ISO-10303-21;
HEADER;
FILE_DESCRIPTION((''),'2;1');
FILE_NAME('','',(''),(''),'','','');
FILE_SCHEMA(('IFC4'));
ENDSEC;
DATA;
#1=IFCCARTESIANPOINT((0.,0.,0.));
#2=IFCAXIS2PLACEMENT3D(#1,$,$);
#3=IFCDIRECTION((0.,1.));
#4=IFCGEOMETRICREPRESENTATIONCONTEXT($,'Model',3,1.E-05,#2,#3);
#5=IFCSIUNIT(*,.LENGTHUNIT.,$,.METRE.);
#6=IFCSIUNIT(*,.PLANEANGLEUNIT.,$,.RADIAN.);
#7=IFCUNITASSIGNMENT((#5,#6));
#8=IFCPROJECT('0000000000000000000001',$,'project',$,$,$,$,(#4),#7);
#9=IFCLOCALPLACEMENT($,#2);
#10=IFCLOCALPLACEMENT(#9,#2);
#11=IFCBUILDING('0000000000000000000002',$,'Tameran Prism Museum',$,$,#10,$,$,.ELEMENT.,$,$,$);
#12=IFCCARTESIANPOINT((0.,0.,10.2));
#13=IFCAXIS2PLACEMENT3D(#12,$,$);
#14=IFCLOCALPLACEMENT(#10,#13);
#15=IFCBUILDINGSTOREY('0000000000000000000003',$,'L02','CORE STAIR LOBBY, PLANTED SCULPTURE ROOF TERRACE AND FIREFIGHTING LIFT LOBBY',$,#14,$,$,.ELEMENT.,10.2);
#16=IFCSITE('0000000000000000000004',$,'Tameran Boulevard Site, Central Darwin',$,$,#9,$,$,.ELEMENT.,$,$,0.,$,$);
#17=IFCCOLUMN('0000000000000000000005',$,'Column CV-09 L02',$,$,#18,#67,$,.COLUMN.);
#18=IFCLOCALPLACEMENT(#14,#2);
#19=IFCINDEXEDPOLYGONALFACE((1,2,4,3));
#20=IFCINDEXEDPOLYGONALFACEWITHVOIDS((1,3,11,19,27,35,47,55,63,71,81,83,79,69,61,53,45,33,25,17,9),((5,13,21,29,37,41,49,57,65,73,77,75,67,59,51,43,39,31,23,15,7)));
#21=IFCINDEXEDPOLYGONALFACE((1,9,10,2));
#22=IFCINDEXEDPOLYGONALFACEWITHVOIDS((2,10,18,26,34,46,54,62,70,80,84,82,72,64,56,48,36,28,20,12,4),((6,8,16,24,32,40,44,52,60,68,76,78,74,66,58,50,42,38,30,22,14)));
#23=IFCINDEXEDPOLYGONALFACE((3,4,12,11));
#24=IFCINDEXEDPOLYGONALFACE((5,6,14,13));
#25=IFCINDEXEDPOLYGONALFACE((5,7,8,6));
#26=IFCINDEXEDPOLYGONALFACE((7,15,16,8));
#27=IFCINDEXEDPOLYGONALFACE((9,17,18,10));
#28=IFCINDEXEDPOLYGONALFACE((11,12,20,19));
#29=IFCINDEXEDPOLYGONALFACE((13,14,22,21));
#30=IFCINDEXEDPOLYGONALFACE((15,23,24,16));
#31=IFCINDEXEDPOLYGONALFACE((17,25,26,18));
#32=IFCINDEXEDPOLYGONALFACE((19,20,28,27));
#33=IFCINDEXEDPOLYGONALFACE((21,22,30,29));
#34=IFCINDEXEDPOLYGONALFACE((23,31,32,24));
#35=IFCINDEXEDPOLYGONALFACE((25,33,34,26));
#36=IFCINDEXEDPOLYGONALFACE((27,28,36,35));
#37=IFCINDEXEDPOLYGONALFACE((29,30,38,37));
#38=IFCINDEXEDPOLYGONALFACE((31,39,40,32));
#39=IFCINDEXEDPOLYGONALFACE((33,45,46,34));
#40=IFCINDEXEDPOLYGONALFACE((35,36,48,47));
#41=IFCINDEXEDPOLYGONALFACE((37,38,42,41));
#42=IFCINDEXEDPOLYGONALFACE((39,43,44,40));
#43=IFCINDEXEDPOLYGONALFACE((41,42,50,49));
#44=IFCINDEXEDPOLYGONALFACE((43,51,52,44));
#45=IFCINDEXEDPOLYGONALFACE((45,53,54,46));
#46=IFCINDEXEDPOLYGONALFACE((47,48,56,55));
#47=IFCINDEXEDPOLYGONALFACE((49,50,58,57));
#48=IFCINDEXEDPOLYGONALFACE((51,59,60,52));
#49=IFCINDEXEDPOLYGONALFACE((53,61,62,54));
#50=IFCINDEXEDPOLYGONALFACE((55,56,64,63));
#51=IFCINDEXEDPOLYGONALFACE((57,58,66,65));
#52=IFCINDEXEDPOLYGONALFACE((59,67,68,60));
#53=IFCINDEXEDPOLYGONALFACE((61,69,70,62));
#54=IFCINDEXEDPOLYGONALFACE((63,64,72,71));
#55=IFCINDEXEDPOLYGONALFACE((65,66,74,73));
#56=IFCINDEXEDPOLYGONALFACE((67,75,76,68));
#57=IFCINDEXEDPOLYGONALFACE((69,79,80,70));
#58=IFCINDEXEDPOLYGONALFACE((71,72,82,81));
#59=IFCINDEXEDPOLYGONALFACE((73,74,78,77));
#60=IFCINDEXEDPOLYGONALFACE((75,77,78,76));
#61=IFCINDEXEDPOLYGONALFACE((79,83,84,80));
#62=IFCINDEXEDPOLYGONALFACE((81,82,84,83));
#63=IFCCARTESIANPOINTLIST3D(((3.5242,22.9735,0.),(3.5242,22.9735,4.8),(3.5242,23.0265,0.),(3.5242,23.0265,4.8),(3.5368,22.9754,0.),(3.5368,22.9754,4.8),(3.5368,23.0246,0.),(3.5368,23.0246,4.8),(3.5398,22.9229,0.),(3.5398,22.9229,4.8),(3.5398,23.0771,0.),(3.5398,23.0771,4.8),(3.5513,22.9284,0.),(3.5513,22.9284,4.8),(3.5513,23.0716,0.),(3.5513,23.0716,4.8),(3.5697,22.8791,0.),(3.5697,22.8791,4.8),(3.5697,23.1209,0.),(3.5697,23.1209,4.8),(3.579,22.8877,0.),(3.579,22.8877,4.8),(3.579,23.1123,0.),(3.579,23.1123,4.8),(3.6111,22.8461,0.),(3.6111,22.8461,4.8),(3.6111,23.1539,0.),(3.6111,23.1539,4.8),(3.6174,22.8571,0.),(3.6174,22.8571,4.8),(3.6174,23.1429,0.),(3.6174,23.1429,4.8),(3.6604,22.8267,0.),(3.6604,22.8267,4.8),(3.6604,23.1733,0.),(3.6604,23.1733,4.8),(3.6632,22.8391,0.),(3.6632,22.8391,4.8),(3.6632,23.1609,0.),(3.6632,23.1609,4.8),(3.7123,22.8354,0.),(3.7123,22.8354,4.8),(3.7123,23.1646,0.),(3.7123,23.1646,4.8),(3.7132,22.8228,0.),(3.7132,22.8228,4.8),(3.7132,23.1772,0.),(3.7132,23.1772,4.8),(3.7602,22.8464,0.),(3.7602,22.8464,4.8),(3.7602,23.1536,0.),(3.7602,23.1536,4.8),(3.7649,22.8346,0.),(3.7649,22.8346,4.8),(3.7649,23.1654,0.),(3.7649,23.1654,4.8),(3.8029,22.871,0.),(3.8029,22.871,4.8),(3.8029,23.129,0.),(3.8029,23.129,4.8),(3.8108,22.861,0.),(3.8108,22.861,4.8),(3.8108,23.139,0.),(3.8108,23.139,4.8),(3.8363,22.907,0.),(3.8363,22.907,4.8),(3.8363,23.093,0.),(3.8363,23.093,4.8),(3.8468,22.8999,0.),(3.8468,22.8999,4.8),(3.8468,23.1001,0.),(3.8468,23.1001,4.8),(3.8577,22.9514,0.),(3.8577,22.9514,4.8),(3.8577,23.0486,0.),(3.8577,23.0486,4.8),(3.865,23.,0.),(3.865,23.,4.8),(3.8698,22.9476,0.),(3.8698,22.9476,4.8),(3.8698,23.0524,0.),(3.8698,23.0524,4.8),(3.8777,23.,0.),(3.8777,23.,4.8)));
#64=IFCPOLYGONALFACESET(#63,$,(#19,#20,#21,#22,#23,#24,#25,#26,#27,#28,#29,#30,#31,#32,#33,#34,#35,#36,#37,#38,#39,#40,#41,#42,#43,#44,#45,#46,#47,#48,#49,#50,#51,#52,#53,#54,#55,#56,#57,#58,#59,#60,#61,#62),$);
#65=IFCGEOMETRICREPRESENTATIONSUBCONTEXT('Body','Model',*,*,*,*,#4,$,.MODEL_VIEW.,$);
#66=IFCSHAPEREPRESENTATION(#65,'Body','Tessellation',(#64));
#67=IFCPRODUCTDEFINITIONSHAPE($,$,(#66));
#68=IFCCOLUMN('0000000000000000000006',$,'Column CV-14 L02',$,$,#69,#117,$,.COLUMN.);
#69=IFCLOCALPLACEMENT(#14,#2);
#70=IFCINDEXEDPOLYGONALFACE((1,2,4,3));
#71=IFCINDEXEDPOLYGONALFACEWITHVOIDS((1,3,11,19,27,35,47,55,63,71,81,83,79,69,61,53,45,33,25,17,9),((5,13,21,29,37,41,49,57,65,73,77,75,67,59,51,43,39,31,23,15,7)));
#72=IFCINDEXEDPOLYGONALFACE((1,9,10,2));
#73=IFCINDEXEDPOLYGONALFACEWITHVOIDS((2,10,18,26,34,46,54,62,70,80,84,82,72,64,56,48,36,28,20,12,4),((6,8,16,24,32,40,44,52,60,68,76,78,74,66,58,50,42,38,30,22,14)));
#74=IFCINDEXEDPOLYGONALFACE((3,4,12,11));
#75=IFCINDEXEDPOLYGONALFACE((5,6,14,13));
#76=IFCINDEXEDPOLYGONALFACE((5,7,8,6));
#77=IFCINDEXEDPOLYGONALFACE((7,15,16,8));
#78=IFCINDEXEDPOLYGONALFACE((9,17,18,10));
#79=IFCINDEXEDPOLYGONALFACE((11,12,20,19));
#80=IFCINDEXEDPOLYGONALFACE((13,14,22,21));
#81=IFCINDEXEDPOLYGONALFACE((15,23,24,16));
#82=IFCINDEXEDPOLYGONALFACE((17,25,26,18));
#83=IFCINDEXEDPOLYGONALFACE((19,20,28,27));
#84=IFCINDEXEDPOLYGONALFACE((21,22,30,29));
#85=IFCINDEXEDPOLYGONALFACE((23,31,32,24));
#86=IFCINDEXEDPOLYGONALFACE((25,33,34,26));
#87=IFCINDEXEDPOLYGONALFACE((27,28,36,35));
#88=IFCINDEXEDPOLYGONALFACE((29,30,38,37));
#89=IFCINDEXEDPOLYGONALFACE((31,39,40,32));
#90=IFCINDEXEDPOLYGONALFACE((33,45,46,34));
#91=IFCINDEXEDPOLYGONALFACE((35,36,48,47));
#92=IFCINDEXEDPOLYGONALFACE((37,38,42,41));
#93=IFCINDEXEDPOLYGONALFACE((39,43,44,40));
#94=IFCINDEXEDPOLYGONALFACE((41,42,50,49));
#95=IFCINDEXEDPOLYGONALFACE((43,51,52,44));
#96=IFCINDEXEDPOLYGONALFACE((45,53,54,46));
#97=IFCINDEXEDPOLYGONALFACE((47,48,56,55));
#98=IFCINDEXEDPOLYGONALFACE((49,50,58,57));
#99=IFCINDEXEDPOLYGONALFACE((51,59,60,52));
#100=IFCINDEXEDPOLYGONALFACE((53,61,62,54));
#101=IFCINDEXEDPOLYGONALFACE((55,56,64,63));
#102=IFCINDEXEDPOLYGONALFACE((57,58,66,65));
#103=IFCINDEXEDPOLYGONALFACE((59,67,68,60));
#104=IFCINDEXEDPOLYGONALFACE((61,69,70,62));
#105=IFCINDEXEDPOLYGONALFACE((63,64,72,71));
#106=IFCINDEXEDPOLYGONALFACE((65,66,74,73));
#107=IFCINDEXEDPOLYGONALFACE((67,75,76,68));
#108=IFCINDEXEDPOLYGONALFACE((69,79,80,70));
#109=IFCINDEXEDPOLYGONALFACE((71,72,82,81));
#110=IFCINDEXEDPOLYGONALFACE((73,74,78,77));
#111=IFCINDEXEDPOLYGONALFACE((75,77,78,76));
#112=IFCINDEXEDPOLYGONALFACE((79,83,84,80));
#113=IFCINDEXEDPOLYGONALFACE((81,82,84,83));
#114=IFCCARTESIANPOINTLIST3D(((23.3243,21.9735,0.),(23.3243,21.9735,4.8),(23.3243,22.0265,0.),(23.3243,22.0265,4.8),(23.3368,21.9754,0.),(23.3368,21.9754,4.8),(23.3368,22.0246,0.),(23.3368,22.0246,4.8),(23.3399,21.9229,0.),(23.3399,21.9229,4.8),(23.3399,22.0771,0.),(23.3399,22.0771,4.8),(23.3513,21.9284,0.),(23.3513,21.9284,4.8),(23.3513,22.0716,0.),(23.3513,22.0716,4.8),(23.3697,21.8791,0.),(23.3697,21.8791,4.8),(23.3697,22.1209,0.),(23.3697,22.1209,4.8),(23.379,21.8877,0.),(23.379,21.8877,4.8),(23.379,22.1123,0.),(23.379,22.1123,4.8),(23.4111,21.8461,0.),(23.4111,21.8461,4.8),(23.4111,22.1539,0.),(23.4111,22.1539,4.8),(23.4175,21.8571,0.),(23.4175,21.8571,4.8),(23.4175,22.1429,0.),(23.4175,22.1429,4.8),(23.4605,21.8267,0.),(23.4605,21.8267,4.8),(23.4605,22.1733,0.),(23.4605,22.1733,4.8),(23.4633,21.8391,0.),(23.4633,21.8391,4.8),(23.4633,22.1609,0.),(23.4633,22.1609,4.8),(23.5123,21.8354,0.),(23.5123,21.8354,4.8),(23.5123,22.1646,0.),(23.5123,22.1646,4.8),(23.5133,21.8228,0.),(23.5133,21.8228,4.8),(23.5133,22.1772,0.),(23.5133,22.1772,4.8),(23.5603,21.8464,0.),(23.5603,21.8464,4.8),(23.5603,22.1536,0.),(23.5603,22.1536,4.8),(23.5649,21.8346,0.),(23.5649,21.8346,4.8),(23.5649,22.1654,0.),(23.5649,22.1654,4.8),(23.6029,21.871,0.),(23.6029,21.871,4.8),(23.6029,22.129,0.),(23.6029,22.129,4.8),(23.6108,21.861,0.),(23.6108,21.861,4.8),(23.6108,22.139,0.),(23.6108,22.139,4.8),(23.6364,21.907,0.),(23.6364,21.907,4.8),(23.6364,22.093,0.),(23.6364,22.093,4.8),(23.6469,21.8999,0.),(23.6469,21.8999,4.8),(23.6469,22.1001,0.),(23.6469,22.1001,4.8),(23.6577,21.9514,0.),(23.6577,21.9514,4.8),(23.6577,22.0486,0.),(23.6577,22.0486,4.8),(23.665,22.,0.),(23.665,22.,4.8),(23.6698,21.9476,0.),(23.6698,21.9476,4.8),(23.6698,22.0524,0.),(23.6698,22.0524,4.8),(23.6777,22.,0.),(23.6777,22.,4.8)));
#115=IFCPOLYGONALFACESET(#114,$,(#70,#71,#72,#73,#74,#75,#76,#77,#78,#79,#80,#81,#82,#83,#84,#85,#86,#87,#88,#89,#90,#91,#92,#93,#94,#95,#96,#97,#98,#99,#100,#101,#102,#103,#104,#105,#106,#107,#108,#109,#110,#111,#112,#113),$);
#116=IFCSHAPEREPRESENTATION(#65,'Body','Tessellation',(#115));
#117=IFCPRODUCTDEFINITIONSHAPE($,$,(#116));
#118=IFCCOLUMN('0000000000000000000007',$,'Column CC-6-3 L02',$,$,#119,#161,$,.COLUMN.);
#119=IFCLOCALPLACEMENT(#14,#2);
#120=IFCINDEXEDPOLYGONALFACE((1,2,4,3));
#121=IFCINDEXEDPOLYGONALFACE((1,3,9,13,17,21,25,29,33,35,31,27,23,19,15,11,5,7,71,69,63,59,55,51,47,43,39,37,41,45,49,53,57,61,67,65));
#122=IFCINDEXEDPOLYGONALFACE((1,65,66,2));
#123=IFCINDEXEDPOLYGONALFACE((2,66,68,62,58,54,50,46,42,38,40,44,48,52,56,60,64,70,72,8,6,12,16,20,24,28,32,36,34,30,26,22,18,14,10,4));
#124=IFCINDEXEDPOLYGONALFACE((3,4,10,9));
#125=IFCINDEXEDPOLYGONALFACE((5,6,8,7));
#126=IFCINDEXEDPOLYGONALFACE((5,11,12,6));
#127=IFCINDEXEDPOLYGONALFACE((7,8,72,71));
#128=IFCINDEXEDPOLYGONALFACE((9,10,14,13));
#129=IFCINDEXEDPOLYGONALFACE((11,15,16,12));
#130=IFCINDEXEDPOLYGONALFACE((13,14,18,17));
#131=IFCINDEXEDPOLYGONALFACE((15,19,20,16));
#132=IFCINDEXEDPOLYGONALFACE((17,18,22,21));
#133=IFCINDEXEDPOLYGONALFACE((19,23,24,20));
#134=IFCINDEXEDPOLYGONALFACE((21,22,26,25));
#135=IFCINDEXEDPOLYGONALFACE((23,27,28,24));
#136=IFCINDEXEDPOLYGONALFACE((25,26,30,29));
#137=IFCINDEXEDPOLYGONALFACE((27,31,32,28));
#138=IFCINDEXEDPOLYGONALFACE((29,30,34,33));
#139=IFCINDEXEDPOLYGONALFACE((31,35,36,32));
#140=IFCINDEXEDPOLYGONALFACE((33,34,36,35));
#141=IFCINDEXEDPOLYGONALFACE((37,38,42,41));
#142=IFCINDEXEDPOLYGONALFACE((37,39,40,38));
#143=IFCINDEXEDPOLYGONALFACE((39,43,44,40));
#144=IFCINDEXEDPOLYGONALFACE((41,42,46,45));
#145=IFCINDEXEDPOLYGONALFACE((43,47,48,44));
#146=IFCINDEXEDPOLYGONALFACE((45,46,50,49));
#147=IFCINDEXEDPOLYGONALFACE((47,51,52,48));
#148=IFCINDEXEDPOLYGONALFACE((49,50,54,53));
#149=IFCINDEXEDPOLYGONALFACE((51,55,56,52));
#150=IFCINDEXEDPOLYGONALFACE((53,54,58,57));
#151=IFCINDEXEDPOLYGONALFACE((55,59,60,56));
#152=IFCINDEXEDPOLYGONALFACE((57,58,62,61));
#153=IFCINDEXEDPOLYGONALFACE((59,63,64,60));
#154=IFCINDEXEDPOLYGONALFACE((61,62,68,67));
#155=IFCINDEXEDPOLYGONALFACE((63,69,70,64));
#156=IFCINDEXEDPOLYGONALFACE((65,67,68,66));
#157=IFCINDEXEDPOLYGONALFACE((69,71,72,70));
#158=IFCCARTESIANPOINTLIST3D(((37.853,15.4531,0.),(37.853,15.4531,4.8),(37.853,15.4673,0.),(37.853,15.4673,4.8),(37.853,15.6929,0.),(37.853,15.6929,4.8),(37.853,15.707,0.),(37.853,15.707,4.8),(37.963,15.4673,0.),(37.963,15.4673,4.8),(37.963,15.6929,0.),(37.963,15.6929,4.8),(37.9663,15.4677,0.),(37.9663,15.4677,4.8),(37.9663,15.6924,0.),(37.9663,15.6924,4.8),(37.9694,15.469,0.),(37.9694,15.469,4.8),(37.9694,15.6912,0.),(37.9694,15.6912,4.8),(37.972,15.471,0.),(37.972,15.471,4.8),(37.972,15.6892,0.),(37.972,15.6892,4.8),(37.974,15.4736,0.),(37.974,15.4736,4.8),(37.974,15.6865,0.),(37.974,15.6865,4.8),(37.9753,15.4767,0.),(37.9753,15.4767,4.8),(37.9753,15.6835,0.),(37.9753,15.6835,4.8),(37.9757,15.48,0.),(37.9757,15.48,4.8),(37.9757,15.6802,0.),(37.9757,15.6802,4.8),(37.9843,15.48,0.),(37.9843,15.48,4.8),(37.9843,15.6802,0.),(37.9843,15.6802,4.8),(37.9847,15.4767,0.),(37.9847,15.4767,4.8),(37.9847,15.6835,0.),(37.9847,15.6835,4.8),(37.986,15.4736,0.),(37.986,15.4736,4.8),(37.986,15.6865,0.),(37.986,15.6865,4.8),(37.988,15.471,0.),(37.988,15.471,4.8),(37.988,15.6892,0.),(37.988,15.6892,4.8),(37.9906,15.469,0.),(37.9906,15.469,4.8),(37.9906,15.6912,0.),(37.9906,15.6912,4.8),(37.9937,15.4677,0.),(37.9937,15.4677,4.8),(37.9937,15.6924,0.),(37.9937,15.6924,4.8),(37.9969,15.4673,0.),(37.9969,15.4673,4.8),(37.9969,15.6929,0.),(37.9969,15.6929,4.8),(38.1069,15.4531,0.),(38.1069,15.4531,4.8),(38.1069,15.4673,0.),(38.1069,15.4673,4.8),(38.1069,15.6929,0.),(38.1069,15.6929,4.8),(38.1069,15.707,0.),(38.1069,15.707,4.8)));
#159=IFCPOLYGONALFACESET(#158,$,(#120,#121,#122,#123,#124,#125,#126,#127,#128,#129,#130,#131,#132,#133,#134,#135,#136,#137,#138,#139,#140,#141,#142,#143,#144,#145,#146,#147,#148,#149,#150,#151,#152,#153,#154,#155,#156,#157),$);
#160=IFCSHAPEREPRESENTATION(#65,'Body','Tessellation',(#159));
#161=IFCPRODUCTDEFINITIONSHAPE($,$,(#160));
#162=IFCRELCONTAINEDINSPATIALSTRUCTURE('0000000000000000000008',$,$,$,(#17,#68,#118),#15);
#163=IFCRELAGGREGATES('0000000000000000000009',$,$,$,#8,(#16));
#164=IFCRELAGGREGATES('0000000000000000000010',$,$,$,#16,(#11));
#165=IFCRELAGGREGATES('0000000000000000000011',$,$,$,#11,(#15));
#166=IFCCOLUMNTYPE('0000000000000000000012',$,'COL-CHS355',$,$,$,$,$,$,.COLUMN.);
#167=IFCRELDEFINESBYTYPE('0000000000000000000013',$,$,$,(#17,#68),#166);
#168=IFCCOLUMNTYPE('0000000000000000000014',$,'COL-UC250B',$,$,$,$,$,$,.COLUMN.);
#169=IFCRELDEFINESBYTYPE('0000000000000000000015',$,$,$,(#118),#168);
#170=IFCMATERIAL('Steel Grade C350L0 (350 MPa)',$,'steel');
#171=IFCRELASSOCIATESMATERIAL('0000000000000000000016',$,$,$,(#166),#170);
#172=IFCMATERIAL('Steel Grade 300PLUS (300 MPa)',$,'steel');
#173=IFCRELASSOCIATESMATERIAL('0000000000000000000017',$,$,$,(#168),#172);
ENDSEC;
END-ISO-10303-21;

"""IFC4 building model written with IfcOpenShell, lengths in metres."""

from ifc_helpers import new_model, si_unit, direction, frame, origin, origin_2d, place, context, subcontext, project, spatial, hollow_circle, i_section, extrude, material, material_profile, profile_set, type_object, element, save


model = new_model("IFC4")

# Units and contexts
model_context = context("Model", 3, precision=1e-05, world=origin(), true_north=direction((0.0, 1.0)))
body_context = subcontext(model_context, "Body", "Model", "MODEL_VIEW")
ifc_project = project(units=[si_unit("LENGTHUNIT", "METRE"), si_unit("PLANEANGLEUNIT", "RADIAN")], contexts=[model_context])

# Site, building, storey
site_placement = place(None, origin())
site = spatial("IfcSite", under=ifc_project, at=site_placement, Name="Tameran Boulevard Site, Central Darwin", CompositionType="ELEMENT", RefElevation=0.0)
building_placement = place(site_placement, origin())
building = spatial("IfcBuilding", under=site, at=building_placement, Name="Tameran Prism Museum", CompositionType="ELEMENT")
storey_placement = place(building_placement, frame((0.0, 0.0, 10.2)))
storey = spatial("IfcBuildingStorey", under=building, at=storey_placement, Name="L02", Description="CORE STAIR LOBBY, PLANTED SCULPTURE ROOF TERRACE AND FIREFIGHTING LIFT LOBBY", CompositionType="ELEMENT", Elevation=10.2)

# Columns
ifc_material_1 = material(Name="Steel Grade C350L0 (350 MPa)", Category="steel")
ifc_material_profile_1 = material_profile(ifc_material_1, hollow_circle(Radius=0.1777, WallThickness=0.0127, at=origin_2d()))
ifc_profile_set_1 = profile_set([ifc_material_profile_1])
column_type_1 = type_object("IfcColumnType", Name="COL-CHS355", PredefinedType="COLUMN", material=ifc_profile_set_1)
for number, where, z_axis, x_axis, name in (
    (1, (3.7, 23.0, 0.0), (0.0, 0.0, 1.0), (1.0, 0.0, 0.0), "Column CV-09 L02"),
    (2, (23.5, 22.0, 0.0), (0.0, 0.0, 1.0), (1.0, 0.0, 0.0), "Column CV-14 L02"),
):
    element("IfcColumn", number, at=place(storey_placement, frame(where, z_axis=z_axis, x_axis=x_axis)), inside=storey, type_object=column_type_1, Name=name, PredefinedType="COLUMN", context=body_context, shape_type="SweptSolid", body=[
        extrude(hollow_circle(Radius=0.1777, WallThickness=0.0127, at=origin_2d()), origin(), (0.0, 0.0, 1.0), 4.8),
    ])
ifc_material_2 = material(Name="Steel Grade 300PLUS (300 MPa)", Category="steel")
ifc_material_profile_2 = material_profile(ifc_material_2, i_section(OverallWidth=0.2539, OverallDepth=0.2539, WebThickness=0.0085, FlangeThickness=0.0142, FilletRadius=0.0127, at=origin_2d()))
ifc_profile_set_2 = profile_set([ifc_material_profile_2])
column_type_2 = type_object("IfcColumnType", Name="COL-UC250B", PredefinedType="COLUMN", material=ifc_profile_set_2)
column_placement = place(storey_placement, frame((37.98, 15.5801, 0.0), z_axis=(0.0, 0.0, 1.0), x_axis=(1.0, 0.0, 0.0)))
element("IfcColumn", 3, at=column_placement, inside=storey, type_object=column_type_2, Name="Column CC-6-3 L02", PredefinedType="COLUMN", context=body_context, shape_type="SweptSolid", body=[
    extrude(i_section(OverallWidth=0.2539, OverallDepth=0.2539, WebThickness=0.0085, FlangeThickness=0.0142, FilletRadius=0.0127, at=origin_2d()), origin(), (0.0, 0.0, 1.0), 4.8),
])

save(model, "model.ifc")
